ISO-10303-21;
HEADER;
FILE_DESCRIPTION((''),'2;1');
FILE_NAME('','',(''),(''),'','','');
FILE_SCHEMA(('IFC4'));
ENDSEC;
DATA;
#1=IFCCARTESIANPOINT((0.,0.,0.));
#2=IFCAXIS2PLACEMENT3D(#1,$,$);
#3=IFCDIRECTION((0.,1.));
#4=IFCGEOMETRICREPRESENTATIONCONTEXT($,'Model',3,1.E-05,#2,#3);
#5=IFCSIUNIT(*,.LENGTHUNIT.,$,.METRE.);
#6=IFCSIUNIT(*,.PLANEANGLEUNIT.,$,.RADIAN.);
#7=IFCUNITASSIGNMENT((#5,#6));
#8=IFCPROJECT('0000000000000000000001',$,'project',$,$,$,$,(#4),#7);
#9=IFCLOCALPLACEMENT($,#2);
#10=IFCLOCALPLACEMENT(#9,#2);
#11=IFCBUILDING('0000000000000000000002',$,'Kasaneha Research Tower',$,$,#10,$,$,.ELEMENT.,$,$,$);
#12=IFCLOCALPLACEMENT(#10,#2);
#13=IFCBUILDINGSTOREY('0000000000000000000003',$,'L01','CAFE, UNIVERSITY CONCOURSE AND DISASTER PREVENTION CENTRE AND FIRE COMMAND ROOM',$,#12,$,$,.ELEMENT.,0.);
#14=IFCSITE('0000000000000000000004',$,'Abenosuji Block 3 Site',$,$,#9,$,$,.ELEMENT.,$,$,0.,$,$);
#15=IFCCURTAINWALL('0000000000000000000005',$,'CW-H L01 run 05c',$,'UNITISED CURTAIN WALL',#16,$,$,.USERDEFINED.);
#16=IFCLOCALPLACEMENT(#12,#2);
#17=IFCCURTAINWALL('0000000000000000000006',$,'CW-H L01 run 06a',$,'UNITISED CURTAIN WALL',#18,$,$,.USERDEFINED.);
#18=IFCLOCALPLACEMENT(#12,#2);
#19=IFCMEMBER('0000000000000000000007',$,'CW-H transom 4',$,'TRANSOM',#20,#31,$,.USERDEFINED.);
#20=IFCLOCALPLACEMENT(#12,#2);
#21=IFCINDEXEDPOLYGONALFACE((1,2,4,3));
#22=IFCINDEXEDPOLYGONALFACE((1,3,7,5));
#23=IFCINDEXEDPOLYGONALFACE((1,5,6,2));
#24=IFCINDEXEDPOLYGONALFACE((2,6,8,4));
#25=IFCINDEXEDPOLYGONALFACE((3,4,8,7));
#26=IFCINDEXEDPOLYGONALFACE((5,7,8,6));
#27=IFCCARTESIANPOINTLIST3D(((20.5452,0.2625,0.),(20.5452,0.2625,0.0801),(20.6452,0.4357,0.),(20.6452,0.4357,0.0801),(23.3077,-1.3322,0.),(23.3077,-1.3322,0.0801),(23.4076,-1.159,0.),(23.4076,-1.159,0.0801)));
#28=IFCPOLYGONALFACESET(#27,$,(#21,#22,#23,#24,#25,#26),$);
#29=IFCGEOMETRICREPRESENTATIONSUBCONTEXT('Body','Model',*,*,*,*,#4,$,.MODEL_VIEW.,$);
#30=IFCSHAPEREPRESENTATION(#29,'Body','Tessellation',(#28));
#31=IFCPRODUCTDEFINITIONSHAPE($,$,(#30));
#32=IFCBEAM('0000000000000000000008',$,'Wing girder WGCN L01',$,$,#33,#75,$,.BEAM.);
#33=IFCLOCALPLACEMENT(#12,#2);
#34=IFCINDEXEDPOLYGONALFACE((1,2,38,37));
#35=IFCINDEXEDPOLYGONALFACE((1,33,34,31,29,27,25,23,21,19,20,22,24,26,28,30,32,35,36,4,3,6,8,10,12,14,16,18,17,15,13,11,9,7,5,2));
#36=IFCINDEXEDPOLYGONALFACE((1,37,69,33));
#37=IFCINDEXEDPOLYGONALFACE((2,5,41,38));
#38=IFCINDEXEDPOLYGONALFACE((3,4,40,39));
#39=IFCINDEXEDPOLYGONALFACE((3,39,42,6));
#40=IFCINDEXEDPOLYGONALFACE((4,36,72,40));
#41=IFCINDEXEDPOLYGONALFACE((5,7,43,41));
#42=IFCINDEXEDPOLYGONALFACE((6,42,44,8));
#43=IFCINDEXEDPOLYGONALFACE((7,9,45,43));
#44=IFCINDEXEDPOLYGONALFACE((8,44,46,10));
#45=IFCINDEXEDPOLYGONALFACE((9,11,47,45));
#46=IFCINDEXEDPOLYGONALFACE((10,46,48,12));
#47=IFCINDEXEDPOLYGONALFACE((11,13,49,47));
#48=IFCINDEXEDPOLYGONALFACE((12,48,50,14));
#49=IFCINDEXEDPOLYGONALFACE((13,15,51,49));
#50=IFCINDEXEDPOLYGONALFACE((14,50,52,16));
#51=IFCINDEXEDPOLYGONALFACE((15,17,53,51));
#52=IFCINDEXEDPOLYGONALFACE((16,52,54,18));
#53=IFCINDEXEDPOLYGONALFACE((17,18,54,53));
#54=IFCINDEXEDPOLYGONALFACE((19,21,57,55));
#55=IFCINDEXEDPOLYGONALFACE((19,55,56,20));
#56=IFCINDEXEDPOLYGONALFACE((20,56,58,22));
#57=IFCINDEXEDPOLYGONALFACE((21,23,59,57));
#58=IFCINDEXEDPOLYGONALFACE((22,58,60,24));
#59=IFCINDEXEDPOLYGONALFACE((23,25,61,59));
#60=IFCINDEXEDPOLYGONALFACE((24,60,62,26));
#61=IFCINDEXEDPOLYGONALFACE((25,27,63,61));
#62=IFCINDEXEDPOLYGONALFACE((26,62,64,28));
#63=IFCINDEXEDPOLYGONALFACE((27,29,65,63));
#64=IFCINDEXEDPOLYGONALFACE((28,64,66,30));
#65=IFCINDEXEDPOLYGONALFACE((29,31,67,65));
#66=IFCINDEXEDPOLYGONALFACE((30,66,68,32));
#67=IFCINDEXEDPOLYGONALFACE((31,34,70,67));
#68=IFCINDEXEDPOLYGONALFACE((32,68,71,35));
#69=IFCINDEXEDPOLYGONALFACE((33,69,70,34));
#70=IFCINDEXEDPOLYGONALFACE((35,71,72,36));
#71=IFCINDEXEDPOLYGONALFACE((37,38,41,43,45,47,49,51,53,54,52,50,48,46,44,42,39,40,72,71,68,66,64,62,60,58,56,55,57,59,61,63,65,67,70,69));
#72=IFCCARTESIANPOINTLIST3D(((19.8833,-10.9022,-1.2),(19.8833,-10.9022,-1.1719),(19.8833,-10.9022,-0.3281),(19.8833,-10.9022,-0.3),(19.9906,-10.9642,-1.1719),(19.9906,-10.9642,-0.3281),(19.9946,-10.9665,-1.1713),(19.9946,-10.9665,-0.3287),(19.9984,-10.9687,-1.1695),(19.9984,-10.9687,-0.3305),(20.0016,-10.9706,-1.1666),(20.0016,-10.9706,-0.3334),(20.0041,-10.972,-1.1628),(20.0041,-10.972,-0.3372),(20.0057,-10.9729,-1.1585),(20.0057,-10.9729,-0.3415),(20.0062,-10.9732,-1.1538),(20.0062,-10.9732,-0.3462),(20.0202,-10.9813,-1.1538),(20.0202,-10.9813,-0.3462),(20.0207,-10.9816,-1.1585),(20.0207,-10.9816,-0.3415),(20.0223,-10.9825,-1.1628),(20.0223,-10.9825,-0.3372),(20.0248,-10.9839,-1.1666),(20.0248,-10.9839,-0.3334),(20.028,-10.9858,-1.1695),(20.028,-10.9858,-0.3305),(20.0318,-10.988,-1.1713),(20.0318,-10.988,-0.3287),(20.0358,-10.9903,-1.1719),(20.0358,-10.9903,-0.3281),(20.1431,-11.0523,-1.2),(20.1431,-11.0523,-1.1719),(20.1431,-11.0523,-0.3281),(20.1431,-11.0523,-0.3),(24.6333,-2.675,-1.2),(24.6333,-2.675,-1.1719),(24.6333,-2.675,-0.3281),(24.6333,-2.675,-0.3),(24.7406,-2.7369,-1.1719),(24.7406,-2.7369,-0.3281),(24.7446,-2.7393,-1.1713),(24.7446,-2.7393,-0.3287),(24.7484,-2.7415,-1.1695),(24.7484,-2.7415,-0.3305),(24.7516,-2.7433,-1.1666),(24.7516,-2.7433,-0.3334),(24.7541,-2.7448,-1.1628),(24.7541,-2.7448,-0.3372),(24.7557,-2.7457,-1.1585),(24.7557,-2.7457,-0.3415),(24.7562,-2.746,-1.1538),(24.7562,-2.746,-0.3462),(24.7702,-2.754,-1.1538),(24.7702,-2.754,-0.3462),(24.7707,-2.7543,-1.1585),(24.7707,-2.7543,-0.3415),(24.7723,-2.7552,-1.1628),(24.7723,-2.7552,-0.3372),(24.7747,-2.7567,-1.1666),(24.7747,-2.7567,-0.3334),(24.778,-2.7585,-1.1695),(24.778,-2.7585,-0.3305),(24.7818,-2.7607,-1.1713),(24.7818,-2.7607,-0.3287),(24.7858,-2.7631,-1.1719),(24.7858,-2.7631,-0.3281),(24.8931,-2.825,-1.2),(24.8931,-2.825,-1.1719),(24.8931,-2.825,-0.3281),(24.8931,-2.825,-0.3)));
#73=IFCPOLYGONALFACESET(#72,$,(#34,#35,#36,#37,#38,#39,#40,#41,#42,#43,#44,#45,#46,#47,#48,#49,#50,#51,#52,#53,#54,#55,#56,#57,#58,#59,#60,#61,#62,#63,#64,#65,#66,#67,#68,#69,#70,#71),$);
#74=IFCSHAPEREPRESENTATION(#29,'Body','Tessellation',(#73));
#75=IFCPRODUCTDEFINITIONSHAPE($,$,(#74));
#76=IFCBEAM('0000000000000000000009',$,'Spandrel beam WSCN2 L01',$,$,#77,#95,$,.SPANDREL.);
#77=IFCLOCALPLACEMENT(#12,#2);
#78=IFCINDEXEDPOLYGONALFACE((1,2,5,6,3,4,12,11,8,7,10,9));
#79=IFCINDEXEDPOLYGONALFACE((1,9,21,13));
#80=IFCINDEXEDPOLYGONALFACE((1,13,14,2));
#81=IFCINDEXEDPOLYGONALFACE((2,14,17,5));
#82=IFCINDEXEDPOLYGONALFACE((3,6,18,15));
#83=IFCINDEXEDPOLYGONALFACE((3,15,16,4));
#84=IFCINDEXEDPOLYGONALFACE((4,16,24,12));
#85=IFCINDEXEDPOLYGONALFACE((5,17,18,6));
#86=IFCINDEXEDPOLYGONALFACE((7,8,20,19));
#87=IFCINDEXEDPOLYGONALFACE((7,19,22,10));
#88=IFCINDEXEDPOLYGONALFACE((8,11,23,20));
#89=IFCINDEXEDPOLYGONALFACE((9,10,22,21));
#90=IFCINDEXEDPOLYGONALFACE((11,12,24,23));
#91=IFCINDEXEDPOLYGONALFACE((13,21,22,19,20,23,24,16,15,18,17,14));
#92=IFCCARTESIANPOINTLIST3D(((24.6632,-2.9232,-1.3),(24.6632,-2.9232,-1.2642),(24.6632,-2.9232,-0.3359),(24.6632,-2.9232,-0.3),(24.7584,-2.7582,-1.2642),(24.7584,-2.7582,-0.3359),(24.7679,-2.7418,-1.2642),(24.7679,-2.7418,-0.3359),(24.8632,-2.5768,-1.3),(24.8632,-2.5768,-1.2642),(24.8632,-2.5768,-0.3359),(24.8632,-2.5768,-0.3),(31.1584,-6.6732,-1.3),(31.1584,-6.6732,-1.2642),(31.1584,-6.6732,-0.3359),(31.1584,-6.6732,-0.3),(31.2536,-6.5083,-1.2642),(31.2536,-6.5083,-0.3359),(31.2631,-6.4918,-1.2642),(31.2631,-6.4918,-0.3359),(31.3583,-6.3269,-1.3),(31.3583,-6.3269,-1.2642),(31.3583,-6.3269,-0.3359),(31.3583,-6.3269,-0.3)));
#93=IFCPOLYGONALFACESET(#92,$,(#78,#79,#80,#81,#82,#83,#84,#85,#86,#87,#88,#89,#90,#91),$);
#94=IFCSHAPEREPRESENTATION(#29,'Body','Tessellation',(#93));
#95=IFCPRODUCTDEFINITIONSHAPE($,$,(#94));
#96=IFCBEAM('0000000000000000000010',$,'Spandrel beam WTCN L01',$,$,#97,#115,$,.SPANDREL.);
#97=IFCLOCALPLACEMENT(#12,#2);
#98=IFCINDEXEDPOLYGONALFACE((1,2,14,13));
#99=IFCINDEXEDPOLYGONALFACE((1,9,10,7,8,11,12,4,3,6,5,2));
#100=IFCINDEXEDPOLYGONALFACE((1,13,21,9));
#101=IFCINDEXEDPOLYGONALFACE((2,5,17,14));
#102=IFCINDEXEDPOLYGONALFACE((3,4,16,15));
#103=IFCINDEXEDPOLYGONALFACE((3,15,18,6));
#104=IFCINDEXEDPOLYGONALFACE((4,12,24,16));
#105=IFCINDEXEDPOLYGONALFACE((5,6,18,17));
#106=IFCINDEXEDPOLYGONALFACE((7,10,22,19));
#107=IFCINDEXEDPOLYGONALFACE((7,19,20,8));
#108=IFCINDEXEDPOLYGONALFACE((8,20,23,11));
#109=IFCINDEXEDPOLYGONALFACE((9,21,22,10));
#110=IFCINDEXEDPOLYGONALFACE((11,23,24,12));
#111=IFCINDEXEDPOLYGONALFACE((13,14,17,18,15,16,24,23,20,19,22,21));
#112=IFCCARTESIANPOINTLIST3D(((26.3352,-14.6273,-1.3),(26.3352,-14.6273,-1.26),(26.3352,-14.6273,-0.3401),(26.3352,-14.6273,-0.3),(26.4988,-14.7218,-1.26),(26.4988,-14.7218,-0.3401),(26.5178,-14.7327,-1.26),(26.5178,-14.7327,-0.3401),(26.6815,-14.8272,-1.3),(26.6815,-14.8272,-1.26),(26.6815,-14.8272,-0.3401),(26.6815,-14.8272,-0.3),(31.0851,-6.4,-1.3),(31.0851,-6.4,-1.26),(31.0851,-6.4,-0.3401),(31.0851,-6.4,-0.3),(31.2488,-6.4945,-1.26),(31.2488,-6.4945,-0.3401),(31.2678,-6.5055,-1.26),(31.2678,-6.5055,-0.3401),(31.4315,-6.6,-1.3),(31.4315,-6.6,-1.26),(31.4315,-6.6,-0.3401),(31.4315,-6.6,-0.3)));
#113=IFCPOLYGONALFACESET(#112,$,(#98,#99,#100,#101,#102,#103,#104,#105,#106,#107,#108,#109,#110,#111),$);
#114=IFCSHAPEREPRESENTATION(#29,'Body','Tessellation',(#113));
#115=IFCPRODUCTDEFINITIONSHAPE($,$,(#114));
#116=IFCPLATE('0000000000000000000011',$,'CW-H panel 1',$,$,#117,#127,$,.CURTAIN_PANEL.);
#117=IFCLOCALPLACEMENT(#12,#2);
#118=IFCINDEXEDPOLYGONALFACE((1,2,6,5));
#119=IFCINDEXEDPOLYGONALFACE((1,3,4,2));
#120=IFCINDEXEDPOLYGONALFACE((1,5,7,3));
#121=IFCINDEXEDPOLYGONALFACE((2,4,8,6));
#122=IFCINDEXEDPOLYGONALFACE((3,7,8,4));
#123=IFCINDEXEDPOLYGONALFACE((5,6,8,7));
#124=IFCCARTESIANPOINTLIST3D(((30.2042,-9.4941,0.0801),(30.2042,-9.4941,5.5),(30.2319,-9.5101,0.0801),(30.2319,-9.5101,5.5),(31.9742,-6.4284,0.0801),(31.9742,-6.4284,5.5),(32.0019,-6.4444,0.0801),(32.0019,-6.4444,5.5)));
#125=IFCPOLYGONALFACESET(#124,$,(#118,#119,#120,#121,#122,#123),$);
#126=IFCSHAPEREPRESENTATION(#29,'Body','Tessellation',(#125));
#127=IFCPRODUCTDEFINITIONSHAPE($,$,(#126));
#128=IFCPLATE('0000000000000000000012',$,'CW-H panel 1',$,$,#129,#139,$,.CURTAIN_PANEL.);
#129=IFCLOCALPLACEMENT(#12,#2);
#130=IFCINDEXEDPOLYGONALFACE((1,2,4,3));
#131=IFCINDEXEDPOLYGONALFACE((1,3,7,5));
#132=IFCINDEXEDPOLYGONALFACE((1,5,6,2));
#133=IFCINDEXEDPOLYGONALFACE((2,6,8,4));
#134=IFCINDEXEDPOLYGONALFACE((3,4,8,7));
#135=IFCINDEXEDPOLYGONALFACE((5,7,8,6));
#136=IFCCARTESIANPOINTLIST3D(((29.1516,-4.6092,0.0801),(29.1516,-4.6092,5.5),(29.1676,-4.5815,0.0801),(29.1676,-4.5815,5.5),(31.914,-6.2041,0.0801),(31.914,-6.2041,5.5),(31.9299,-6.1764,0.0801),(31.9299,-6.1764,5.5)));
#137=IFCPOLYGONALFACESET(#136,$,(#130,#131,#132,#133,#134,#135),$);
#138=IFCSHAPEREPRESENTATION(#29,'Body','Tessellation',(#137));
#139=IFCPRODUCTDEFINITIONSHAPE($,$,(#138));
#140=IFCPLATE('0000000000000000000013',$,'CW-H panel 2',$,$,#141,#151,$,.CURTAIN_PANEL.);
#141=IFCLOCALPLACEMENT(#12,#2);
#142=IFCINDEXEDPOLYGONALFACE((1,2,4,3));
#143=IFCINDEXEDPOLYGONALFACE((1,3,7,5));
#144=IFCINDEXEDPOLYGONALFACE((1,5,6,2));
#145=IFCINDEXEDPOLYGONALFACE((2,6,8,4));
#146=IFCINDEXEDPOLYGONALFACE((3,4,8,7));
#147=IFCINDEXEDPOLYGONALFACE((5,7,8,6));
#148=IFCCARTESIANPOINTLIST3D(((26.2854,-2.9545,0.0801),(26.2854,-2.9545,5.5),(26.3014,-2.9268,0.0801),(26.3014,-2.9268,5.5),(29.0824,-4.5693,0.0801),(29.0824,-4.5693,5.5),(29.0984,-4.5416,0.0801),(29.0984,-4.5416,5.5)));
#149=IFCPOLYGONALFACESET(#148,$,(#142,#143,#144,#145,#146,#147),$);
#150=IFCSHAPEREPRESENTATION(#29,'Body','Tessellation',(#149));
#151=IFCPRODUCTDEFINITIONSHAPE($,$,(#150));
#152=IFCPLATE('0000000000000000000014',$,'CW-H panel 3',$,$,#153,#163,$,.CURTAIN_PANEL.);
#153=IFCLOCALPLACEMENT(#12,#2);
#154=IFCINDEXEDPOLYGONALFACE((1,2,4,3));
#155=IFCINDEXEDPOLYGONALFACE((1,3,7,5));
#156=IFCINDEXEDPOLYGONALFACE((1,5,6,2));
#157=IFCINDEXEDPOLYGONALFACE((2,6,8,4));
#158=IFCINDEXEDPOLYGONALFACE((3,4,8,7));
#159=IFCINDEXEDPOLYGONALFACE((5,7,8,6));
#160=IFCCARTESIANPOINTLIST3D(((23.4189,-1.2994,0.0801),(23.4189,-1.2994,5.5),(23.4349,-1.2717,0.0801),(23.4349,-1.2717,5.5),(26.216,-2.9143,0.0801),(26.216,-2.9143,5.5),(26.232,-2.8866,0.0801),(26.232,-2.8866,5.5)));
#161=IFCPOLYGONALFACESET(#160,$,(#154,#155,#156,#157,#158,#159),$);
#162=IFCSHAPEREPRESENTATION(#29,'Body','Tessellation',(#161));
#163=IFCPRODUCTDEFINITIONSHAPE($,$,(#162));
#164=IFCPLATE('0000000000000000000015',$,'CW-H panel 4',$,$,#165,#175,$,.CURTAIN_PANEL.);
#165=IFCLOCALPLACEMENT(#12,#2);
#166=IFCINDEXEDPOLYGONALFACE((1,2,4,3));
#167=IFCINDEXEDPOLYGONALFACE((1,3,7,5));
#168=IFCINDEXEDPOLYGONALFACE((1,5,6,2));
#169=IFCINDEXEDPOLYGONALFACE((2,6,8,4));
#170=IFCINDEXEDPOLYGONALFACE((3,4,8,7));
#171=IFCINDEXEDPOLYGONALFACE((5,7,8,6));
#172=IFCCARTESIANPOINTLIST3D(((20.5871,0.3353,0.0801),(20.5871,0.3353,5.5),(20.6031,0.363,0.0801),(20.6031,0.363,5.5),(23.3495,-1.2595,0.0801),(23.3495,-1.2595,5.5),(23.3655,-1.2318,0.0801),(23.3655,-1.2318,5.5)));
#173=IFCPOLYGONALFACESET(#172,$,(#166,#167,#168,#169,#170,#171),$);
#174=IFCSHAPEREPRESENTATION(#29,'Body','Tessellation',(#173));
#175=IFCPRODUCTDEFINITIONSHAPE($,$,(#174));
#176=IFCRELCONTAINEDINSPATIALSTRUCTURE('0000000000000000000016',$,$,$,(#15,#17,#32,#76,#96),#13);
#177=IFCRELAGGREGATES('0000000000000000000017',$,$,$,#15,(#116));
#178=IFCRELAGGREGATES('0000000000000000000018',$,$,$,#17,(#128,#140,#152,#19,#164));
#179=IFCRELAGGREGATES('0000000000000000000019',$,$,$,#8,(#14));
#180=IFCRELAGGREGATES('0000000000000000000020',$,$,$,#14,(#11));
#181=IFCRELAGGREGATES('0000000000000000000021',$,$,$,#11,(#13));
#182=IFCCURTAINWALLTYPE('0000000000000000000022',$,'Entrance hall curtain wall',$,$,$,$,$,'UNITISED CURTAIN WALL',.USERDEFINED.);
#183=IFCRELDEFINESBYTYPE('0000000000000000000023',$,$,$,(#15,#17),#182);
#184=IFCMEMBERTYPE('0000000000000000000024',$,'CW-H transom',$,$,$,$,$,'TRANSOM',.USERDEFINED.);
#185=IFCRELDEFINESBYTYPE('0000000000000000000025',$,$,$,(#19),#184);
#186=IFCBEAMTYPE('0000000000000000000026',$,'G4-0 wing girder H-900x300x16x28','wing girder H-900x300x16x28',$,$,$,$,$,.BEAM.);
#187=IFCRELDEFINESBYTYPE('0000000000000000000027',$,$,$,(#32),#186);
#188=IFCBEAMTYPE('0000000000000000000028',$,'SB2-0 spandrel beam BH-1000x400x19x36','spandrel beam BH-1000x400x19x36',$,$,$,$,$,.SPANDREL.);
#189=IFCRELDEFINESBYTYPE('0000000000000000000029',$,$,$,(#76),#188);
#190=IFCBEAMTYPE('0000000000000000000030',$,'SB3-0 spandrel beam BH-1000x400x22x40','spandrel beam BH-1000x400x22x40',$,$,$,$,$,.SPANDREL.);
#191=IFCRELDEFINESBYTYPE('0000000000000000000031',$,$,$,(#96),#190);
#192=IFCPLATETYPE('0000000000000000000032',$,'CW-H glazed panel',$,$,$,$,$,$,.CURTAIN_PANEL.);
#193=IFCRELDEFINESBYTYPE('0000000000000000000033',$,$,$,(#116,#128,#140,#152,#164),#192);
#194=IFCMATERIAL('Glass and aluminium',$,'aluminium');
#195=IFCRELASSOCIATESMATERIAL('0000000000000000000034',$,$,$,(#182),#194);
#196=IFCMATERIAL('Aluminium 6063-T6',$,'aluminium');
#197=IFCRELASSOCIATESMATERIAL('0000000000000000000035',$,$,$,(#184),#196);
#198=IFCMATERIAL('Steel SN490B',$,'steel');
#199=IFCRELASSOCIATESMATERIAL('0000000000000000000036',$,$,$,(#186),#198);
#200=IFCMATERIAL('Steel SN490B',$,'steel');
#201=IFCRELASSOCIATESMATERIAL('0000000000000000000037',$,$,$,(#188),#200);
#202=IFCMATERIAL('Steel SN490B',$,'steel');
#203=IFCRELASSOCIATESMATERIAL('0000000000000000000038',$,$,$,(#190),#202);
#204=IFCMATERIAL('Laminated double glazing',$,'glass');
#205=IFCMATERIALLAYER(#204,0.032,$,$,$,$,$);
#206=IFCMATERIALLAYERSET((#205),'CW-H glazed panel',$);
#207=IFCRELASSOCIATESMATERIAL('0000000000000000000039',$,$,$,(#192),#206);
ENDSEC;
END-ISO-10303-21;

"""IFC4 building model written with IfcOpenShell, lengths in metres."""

from ifc_helpers import new_model, si_unit, direction, frame, origin, origin_2d, place, context, subcontext, project, spatial, rectangle, i_section, extrude, material, layer, layer_set, material_profile, profile_set, type_object, element, aggregate, save


model = new_model("IFC4")

# Units and contexts
model_context = context("Model", 3, precision=1e-05, world=origin(), true_north=direction((0.0, 1.0)))
body_context = subcontext(model_context, "Body", "Model", "MODEL_VIEW")
ifc_project = project(units=[si_unit("LENGTHUNIT", "METRE"), si_unit("PLANEANGLEUNIT", "RADIAN")], contexts=[model_context])

# Site, building, storey
site_placement = place(None, origin())
site = spatial("IfcSite", under=ifc_project, at=site_placement, Name="Abenosuji Block 3 Site", CompositionType="ELEMENT", RefElevation=0.0)
building_placement = place(site_placement, origin())
building = spatial("IfcBuilding", under=site, at=building_placement, Name="Kasaneha Research Tower", CompositionType="ELEMENT")
storey_placement = place(building_placement, origin())
storey = spatial("IfcBuildingStorey", under=building, at=storey_placement, Name="L01", Description="CAFE, UNIVERSITY CONCOURSE AND DISASTER PREVENTION CENTRE AND FIRE COMMAND ROOM", CompositionType="ELEMENT", Elevation=0.0)

# Shared definitions
ifc_material_1 = material(Name="Glass and aluminium", Category="aluminium")
curtain_wall_type = type_object("IfcCurtainWallType", Name="Entrance hall curtain wall", ElementType="UNITISED CURTAIN WALL", PredefinedType="USERDEFINED", material=ifc_material_1)

# Curtain walls
curtain_wall_1_placement = place(storey_placement, origin())
curtain_wall_1 = element("IfcCurtainWall", 1, at=curtain_wall_1_placement, inside=storey, type_object=curtain_wall_type, Name="CW-H L01 run 05c", ObjectType="UNITISED CURTAIN WALL", PredefinedType="USERDEFINED")
curtain_wall_2_placement = place(storey_placement, origin())
curtain_wall_2 = element("IfcCurtainWall", 2, at=curtain_wall_2_placement, inside=storey, type_object=curtain_wall_type, Name="CW-H L01 run 06a", ObjectType="UNITISED CURTAIN WALL", PredefinedType="USERDEFINED")

# Member
ifc_material_2 = material(Name="Aluminium 6063-T6", Category="aluminium")
ifc_material_profile_1 = material_profile(ifc_material_2, rectangle(XDim=0.2, YDim=0.0801, at=origin_2d()), Name="CW-H transom 200x80")
ifc_profile_set_1 = profile_set([ifc_material_profile_1], Name="Aluminium 6063-T6")
member_type_1 = type_object("IfcMemberType", Name="CW-H transom", ElementType="TRANSOM", PredefinedType="USERDEFINED", material=ifc_profile_set_1)
member_1_placement = place(storey_placement, frame((23.3577, -1.2456, 0.04), z_axis=(-0.866049, 0.499959, 0.0), x_axis=(-0.499959, -0.866049, 0.0)))
member_1 = element("IfcMember", 3, at=member_1_placement, type_object=member_type_1, Name="CW-H transom 4", ObjectType="TRANSOM", PredefinedType="USERDEFINED", context=body_context, shape_type="SweptSolid", body=[
    extrude(rectangle(XDim=0.2, YDim=0.0801, at=origin_2d()), origin(), (0.0, 0.0, 1.0), 3.1897),
])

# Beams
ifc_material_3 = material(Name="Steel SN490B", Category="steel")
ifc_material_profile_2 = material_profile(ifc_material_3, i_section(OverallWidth=0.3, OverallDepth=0.8999, WebThickness=0.0161, FlangeThickness=0.0281, FilletRadius=0.0181, at=origin_2d()), Name="H-900x300x16x28")
ifc_profile_set_2 = profile_set([ifc_material_profile_2], Name="Steel SN490B")
beam_type_1 = type_object("IfcBeamType", Name="G4-0 wing girder H-900x300x16x28", Description="wing girder H-900x300x16x28", PredefinedType="BEAM", material=ifc_profile_set_2)
beam_1_placement = place(storey_placement, frame((24.7632, -2.75, -0.75), z_axis=(-0.499998, -0.866027, 0.0), x_axis=(0.866027, -0.499998, 0.0)))
element("IfcBeam", 4, at=beam_1_placement, inside=storey, type_object=beam_type_1, Name="Wing girder WGCN L01", PredefinedType="BEAM", context=body_context, shape_type="SweptSolid", body=[
    extrude(i_section(OverallWidth=0.3, OverallDepth=0.8999, WebThickness=0.0161, FlangeThickness=0.0281, FilletRadius=0.0181, at=origin_2d()), origin(), (0.0, 0.0, 1.0), 9.5),
])
ifc_material_4 = material(Name="Steel SN490B", Category="steel")
ifc_material_profile_3 = material_profile(ifc_material_4, i_section(OverallWidth=0.3999, OverallDepth=1.0, WebThickness=0.019, FlangeThickness=0.0359, at=origin_2d()), Name="BH-1000x400x19x36")
ifc_profile_set_3 = profile_set([ifc_material_profile_3], Name="Steel SN490B")
beam_type_2 = type_object("IfcBeamType", Name="SB2-0 spandrel beam BH-1000x400x19x36", Description="spandrel beam BH-1000x400x19x36", PredefinedType="SPANDREL", material=ifc_profile_set_3)
beam_2_placement = place(storey_placement, frame((24.7632, -2.75, -0.8), z_axis=(0.866023, -0.500004, 0.0), x_axis=(0.500004, 0.866023, 0.0)))
element("IfcBeam", 5, at=beam_2_placement, inside=storey, type_object=beam_type_2, Name="Spandrel beam WSCN2 L01", PredefinedType="SPANDREL", context=body_context, shape_type="SweptSolid", body=[
    extrude(i_section(OverallWidth=0.3999, OverallDepth=1.0, WebThickness=0.019, FlangeThickness=0.0359, at=origin_2d()), origin(), (0.0, 0.0, 1.0), 7.5),
])
ifc_material_5 = material(Name="Steel SN490B", Category="steel")
ifc_material_profile_4 = material_profile(ifc_material_5, i_section(OverallWidth=0.3999, OverallDepth=1.0, WebThickness=0.022, FlangeThickness=0.04, at=origin_2d()), Name="BH-1000x400x22x40")
ifc_profile_set_4 = profile_set([ifc_material_profile_4], Name="Steel SN490B")
beam_type_3 = type_object("IfcBeamType", Name="SB3-0 spandrel beam BH-1000x400x22x40", Description="spandrel beam BH-1000x400x22x40", PredefinedType="SPANDREL", material=ifc_profile_set_4)
beam_3_placement = place(storey_placement, frame((31.2583, -6.5, -0.8), z_axis=(-0.499998, -0.866027, 0.0), x_axis=(0.866027, -0.499998, 0.0)))
element("IfcBeam", 6, at=beam_3_placement, inside=storey, type_object=beam_type_3, Name="Spandrel beam WTCN L01", PredefinedType="SPANDREL", context=body_context, shape_type="SweptSolid", body=[
    extrude(i_section(OverallWidth=0.3999, OverallDepth=1.0, WebThickness=0.022, FlangeThickness=0.04, at=origin_2d()), origin(), (0.0, 0.0, 1.0), 9.5),
])

# Plates
ifc_material_6 = material(Name="Laminated double glazing", Category="glass")
ifc_layer_1 = layer(ifc_material_6, 0.032)
ifc_layer_set_1 = layer_set([ifc_layer_1], Name="CW-H glazed panel")
plate_type = type_object("IfcPlateType", Name="CW-H glazed panel", PredefinedType="CURTAIN_PANEL", material=ifc_layer_set_1)
plate_1_placement = place(storey_placement, frame((31.103, -7.9692, 0.0801), z_axis=(0.0, 0.0, 1.0), x_axis=(0.5, 0.866025, 0.0)))
plate_1 = element("IfcPlate", 7, at=plate_1_placement, type_object=plate_type, Name="CW-H panel 1", PredefinedType="CURTAIN_PANEL", context=body_context, shape_type="SweptSolid", body=[
    extrude(rectangle(XDim=3.54, YDim=0.032, at=origin_2d()), origin(), (0.0, 0.0, 1.0), 5.4199),
])
aggregate(curtain_wall_1, [plate_1])
plate_2_placement = place(storey_placement, frame((30.5408, -5.3928, 0.0801), z_axis=(0.0, 0.0, 1.0), x_axis=(-0.866025, 0.5, 0.0)))
plate_2 = element("IfcPlate", 8, at=plate_2_placement, type_object=plate_type, Name="CW-H panel 1", PredefinedType="CURTAIN_PANEL", context=body_context, shape_type="SweptSolid", body=[
    extrude(rectangle(XDim=3.1897, YDim=0.032, at=origin_2d()), origin(), (0.0, 0.0, 1.0), 5.4199),
])
plate_3_placement = place(storey_placement, frame((27.6919, -3.748, 0.0801), z_axis=(0.0, 0.0, 1.0), x_axis=(-0.866025, 0.5, 0.0)))
plate_3 = element("IfcPlate", 9, at=plate_3_placement, type_object=plate_type, Name="CW-H panel 2", PredefinedType="CURTAIN_PANEL", context=body_context, shape_type="SweptSolid", body=[
    extrude(rectangle(XDim=3.2297, YDim=0.032, at=origin_2d()), origin(), (0.0, 0.0, 1.0), 5.4199),
])
plate_4_placement = place(storey_placement, frame((24.8254, -2.093, 0.0801), z_axis=(0.0, 0.0, 1.0), x_axis=(-0.866025, 0.5, 0.0)))
plate_4 = element("IfcPlate", 10, at=plate_4_placement, type_object=plate_type, Name="CW-H panel 3", PredefinedType="CURTAIN_PANEL", context=body_context, shape_type="SweptSolid", body=[
    extrude(rectangle(XDim=3.2297, YDim=0.032, at=origin_2d()), origin(), (0.0, 0.0, 1.0), 5.4199),
])
plate_5_placement = place(storey_placement, frame((21.9763, -0.4482, 0.0801), z_axis=(0.0, 0.0, 1.0), x_axis=(-0.866025, 0.5, 0.0)))
plate_5 = element("IfcPlate", 11, at=plate_5_placement, type_object=plate_type, Name="CW-H panel 4", PredefinedType="CURTAIN_PANEL", context=body_context, shape_type="SweptSolid", body=[
    extrude(rectangle(XDim=3.1897, YDim=0.032, at=origin_2d()), origin(), (0.0, 0.0, 1.0), 5.4199),
])
aggregate(curtain_wall_2, [plate_2, plate_3, plate_4, member_1, plate_5])

save(model, "model.ifc")
